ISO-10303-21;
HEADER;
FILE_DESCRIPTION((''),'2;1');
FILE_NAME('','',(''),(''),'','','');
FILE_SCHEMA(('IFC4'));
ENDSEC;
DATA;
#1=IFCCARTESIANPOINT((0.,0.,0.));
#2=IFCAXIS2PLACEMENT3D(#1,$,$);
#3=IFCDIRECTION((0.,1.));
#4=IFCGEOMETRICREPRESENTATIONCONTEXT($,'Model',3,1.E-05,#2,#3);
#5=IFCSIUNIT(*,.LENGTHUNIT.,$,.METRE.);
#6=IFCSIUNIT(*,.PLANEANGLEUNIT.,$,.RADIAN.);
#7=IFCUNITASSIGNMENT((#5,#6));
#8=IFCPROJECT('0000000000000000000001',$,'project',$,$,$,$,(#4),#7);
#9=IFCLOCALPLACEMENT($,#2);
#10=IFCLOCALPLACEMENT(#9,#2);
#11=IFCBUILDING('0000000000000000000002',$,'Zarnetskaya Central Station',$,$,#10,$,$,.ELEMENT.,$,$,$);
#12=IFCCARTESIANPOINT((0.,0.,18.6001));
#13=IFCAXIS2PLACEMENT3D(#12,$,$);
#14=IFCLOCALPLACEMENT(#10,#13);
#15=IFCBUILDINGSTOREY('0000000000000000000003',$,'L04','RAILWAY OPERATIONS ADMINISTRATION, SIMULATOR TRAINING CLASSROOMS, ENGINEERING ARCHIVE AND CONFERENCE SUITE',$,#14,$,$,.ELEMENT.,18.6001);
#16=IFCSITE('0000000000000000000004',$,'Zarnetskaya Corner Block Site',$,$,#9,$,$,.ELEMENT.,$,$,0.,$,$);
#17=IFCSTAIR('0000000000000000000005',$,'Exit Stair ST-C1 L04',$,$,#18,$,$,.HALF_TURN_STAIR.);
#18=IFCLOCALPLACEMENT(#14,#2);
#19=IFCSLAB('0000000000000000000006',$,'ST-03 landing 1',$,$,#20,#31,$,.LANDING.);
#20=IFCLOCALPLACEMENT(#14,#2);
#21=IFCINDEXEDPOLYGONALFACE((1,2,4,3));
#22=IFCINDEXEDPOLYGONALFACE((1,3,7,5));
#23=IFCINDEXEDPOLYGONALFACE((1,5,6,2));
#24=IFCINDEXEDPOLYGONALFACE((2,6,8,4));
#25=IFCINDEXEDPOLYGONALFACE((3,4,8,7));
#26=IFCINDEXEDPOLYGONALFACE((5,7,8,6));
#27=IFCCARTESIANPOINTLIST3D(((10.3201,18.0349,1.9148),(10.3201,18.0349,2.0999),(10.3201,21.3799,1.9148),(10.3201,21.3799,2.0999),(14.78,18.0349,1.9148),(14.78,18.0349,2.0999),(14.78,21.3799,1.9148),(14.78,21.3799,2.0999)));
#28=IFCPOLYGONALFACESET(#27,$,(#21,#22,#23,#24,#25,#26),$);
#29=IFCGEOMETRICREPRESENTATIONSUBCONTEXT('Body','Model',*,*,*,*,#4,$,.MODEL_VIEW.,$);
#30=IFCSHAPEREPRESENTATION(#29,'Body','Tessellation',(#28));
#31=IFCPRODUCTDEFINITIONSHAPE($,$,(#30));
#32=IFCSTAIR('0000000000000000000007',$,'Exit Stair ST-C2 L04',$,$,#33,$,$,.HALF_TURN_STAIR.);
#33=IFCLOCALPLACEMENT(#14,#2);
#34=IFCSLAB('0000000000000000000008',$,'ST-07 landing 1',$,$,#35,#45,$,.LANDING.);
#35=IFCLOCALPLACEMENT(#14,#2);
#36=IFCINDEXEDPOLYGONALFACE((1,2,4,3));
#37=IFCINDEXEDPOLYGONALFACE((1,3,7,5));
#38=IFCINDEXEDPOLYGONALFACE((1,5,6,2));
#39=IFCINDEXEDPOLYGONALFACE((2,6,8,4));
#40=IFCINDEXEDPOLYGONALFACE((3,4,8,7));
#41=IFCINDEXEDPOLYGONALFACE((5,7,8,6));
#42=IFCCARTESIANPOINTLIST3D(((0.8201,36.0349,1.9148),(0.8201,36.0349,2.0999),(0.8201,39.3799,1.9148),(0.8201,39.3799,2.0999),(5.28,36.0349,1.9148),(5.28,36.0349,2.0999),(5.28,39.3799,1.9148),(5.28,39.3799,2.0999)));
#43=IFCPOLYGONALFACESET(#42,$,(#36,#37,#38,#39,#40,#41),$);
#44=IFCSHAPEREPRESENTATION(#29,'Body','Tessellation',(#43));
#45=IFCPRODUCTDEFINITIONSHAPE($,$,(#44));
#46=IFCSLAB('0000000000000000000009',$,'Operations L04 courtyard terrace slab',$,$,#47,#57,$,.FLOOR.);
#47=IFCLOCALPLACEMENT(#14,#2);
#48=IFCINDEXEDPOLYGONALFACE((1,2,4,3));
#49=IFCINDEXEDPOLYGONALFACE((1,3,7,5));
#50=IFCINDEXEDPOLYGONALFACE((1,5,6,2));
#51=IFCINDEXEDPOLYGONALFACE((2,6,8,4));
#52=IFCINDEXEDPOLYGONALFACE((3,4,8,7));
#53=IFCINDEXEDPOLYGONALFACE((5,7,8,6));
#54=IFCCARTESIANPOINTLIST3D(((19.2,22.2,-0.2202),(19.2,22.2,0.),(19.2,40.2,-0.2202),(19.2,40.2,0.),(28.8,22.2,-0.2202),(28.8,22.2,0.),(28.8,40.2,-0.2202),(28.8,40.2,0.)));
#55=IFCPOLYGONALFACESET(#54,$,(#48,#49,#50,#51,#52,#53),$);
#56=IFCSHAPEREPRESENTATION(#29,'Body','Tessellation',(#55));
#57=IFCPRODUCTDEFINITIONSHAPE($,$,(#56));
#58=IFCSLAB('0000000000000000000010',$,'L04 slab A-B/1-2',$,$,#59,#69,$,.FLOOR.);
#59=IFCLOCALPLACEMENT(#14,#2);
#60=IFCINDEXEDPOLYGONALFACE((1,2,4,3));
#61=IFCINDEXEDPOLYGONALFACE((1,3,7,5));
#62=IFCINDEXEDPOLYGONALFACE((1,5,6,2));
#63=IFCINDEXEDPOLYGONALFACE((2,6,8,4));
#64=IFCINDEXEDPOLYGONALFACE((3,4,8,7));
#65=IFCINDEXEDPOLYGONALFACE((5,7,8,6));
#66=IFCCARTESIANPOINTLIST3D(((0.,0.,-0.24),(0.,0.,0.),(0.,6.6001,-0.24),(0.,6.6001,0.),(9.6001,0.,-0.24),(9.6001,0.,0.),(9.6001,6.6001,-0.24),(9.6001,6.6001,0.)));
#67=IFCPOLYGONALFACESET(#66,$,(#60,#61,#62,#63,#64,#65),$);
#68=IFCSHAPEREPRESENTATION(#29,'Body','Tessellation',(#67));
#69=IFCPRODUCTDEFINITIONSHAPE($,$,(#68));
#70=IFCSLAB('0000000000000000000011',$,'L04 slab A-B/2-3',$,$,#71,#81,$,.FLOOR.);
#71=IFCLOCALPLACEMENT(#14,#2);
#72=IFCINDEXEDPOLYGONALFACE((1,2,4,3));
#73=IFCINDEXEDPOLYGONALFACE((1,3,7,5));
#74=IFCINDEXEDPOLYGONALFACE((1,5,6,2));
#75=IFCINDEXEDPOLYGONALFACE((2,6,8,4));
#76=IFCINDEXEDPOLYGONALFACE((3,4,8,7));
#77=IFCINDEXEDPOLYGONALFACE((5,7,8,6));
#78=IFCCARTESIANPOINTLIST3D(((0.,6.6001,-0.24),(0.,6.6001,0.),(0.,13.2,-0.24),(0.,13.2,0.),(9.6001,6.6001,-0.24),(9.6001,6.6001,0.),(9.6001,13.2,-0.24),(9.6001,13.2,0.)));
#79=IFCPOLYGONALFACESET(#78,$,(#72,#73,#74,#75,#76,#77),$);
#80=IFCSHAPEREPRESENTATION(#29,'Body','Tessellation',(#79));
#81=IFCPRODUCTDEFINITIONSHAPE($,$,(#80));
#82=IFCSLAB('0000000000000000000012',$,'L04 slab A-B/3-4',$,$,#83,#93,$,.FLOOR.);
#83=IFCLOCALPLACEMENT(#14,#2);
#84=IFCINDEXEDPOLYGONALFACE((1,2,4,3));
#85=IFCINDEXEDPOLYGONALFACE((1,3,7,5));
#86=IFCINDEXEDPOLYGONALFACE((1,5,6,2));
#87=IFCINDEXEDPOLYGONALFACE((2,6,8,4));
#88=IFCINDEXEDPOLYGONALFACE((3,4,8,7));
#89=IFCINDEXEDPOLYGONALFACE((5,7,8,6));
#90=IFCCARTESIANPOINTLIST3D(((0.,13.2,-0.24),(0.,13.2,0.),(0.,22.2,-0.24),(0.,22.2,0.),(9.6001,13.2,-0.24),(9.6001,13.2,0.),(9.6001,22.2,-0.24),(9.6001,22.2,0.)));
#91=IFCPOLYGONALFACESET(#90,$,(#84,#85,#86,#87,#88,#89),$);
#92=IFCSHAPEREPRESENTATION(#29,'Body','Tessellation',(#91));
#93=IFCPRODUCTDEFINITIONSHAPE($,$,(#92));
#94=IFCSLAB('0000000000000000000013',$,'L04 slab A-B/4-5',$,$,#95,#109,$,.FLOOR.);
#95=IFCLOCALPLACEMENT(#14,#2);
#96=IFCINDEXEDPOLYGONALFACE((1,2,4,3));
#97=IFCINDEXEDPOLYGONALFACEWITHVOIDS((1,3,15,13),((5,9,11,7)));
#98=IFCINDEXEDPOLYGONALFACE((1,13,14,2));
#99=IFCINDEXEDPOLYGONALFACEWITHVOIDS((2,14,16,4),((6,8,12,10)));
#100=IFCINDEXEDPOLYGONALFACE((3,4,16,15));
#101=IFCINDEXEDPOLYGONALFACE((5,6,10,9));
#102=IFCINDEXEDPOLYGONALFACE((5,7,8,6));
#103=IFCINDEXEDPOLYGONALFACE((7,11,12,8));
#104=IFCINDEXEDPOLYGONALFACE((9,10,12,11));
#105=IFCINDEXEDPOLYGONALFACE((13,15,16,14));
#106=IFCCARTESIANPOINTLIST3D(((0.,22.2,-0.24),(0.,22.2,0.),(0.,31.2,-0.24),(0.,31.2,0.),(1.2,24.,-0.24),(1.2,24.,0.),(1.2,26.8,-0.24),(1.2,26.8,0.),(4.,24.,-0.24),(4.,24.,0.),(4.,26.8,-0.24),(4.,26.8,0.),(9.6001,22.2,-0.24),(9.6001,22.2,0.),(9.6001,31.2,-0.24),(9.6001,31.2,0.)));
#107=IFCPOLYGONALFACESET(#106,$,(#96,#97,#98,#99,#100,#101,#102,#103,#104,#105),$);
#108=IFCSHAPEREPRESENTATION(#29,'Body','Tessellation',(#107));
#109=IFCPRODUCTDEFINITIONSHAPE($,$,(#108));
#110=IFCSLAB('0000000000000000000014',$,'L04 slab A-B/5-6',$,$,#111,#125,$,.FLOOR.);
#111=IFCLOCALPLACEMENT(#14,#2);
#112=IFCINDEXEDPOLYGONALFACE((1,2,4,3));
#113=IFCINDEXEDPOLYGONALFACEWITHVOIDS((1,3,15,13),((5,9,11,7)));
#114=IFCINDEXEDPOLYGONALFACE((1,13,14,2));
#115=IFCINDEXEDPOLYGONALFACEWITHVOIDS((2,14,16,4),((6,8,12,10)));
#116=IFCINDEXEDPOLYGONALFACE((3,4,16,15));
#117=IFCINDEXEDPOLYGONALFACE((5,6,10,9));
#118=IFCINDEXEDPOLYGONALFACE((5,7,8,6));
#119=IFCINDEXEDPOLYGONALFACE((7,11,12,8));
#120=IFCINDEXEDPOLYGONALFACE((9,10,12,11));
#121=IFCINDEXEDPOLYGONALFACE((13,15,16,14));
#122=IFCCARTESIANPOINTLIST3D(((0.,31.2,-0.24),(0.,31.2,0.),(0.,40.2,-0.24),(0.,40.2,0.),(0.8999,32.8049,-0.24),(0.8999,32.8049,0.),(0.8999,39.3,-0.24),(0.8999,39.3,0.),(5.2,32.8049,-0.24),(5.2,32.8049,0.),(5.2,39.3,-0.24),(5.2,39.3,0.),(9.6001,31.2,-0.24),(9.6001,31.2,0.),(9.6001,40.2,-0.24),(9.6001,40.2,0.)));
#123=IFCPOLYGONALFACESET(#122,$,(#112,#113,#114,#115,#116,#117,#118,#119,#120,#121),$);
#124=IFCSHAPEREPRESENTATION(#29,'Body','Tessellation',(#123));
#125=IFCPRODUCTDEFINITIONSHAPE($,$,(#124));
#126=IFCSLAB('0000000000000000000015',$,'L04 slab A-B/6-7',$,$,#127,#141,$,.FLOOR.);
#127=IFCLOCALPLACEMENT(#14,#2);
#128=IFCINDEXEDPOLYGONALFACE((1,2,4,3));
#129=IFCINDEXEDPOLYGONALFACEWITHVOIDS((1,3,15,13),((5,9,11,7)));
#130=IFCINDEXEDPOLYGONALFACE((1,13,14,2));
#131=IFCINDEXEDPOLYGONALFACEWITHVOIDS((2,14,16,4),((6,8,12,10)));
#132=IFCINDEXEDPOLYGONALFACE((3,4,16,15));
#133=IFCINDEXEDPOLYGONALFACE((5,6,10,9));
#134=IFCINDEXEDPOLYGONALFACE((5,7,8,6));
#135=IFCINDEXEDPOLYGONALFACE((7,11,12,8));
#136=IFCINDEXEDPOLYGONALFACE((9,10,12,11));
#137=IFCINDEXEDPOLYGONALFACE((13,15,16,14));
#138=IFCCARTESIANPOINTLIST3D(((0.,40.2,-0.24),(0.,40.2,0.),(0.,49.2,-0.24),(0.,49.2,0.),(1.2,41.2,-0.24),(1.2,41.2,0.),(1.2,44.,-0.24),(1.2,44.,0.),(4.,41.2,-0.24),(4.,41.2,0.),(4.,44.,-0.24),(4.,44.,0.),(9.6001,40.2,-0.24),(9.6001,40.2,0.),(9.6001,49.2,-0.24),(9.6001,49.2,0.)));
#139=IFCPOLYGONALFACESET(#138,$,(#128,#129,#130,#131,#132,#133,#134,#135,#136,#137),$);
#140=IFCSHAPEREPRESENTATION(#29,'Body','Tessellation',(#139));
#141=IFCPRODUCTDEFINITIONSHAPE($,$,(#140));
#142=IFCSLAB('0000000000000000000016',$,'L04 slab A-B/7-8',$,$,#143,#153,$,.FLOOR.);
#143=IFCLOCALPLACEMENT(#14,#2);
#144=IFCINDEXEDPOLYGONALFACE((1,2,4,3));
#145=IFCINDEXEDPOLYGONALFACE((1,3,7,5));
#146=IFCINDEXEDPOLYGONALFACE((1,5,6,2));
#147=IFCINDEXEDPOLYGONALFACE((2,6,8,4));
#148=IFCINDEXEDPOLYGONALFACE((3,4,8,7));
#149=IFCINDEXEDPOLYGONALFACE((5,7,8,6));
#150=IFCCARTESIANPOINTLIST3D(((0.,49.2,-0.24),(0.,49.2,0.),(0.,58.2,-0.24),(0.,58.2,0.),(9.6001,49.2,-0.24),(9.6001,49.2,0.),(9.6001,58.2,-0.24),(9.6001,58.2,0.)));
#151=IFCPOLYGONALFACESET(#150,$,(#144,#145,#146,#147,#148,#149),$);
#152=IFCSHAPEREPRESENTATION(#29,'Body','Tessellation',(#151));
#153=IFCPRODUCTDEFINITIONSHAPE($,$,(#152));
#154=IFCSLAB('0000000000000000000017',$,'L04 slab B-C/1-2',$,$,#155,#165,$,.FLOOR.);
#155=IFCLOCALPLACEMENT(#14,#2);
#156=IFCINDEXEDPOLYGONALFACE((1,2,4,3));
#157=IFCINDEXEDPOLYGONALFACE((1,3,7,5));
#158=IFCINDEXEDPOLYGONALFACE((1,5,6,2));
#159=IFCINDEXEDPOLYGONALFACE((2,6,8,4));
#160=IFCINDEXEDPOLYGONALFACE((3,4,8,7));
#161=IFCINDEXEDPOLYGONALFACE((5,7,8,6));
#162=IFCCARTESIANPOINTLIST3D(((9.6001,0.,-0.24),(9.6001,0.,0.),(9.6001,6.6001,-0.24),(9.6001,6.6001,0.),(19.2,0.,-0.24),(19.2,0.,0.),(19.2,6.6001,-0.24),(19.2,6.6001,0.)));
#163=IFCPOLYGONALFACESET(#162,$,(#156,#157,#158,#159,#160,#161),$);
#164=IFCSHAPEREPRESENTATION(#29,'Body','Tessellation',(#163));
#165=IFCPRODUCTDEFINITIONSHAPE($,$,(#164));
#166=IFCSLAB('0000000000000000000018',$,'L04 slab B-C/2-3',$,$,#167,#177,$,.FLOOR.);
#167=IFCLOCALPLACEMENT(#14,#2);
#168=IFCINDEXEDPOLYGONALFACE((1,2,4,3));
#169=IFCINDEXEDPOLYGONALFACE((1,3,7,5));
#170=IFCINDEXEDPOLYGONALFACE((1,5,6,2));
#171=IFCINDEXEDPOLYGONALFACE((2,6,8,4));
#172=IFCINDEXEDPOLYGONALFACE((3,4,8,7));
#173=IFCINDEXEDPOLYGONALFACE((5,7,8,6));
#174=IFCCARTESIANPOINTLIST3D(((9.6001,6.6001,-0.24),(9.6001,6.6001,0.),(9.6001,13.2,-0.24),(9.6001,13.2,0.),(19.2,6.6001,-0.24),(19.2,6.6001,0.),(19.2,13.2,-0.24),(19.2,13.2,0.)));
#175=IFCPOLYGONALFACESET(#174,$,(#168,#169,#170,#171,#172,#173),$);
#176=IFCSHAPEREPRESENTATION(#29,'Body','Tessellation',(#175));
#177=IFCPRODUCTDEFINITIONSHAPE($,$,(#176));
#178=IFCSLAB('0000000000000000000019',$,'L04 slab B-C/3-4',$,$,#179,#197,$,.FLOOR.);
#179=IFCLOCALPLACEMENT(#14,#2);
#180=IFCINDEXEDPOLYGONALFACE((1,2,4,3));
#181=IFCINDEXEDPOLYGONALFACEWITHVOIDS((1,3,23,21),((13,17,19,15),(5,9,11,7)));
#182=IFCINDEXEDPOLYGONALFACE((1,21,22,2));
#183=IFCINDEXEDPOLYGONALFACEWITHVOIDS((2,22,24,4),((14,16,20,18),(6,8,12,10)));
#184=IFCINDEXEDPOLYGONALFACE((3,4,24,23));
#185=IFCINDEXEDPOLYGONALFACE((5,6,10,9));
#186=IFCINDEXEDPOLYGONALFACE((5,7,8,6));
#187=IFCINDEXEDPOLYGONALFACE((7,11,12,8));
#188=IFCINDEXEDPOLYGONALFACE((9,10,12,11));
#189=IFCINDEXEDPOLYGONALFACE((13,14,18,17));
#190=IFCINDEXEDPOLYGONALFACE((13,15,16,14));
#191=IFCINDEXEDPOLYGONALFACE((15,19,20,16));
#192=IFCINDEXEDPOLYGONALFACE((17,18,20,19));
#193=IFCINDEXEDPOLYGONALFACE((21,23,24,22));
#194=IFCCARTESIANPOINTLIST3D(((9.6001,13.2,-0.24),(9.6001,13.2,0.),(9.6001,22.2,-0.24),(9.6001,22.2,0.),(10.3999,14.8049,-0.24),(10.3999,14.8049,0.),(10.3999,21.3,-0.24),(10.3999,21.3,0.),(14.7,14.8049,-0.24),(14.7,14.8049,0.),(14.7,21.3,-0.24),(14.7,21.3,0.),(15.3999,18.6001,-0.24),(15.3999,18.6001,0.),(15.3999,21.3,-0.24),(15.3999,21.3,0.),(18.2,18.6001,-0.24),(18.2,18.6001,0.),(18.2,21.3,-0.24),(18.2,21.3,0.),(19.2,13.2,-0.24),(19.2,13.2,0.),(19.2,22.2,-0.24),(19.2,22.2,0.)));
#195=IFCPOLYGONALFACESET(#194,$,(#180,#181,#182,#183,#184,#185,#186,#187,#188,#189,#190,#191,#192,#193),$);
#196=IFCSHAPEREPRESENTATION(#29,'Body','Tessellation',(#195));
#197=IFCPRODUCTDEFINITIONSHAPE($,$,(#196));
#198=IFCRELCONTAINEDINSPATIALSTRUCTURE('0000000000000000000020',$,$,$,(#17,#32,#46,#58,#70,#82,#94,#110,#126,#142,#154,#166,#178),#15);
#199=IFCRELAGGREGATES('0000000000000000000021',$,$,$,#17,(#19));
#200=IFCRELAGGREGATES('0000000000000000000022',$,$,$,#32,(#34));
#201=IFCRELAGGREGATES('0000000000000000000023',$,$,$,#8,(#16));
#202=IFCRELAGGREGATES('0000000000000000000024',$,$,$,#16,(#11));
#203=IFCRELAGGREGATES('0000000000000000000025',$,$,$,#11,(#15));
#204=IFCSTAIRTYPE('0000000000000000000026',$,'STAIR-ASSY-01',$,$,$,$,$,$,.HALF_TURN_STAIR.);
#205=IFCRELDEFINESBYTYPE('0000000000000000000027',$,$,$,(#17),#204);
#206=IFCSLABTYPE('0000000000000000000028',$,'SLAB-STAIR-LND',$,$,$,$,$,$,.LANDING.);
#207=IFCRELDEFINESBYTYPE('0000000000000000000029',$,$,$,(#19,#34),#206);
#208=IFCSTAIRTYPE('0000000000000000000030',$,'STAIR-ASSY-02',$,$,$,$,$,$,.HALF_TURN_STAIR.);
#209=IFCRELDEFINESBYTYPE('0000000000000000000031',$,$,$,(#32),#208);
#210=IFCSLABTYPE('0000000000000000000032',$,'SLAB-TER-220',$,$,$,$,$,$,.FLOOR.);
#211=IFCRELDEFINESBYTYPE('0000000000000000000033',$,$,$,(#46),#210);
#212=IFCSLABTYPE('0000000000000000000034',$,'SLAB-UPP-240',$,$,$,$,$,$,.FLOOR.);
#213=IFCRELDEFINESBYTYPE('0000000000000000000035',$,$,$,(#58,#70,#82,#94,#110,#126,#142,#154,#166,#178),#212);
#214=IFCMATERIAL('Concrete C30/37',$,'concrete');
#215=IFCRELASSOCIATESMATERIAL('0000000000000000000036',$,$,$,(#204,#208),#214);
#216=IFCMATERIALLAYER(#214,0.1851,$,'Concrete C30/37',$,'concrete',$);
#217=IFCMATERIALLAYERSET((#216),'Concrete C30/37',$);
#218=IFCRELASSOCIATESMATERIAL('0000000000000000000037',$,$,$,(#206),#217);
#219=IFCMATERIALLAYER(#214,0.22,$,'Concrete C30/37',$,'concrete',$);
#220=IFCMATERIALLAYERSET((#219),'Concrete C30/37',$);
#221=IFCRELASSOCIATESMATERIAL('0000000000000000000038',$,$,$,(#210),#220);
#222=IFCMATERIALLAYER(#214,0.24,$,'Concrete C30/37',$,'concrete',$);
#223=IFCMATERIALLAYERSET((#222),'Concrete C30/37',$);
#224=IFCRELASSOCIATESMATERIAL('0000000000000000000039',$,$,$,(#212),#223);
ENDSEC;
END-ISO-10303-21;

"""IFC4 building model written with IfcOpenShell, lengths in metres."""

from ifc_helpers import new_model, si_unit, direction, frame, origin, place, context, subcontext, project, spatial, polyline, outline, extrude, material, layer, layer_set, type_object, element, aggregate, save


model = new_model("IFC4")

# Units and contexts
model_context = context("Model", 3, precision=1e-05, world=origin(), true_north=direction((0.0, 1.0)))
body_context = subcontext(model_context, "Body", "Model", "MODEL_VIEW")
ifc_project = project(units=[si_unit("LENGTHUNIT", "METRE"), si_unit("PLANEANGLEUNIT", "RADIAN")], contexts=[model_context])

# Site, building, storey
site_placement = place(None, origin())
site = spatial("IfcSite", under=ifc_project, at=site_placement, Name="Zarnetskaya Corner Block Site", CompositionType="ELEMENT", RefElevation=0.0)
building_placement = place(site_placement, origin())
building = spatial("IfcBuilding", under=site, at=building_placement, Name="Zarnetskaya Central Station", CompositionType="ELEMENT")
storey_placement = place(building_placement, frame((0.0, 0.0, 18.6001)))
storey = spatial("IfcBuildingStorey", under=building, at=storey_placement, Name="L04", Description="RAILWAY OPERATIONS ADMINISTRATION, SIMULATOR TRAINING CLASSROOMS, ENGINEERING ARCHIVE AND CONFERENCE SUITE", CompositionType="ELEMENT", Elevation=18.6001)

# Shared definitions
ifc_material_1 = material(Name="Concrete C30/37", Category="concrete")

# Stairs, slabs
stair_type_1 = type_object("IfcStairType", Name="STAIR-ASSY-01", PredefinedType="HALF_TURN_STAIR", material=ifc_material_1)
stair_1_placement = place(storey_placement, origin())
stair_1 = element("IfcStair", 1, at=stair_1_placement, inside=storey, type_object=stair_type_1, Name="Exit Stair ST-C1 L04", PredefinedType="HALF_TURN_STAIR")
ifc_layer_1 = layer(ifc_material_1, 0.1851, Name="Concrete C30/37", Category="concrete")
ifc_layer_set_1 = layer_set([ifc_layer_1], Name="Concrete C30/37")
slab_type_1 = type_object("IfcSlabType", Name="SLAB-STAIR-LND", PredefinedType="LANDING", material=ifc_layer_set_1)
slab_1_placement = place(storey_placement, frame((0.0, 0.0, 1.9148)))
slab_1 = element("IfcSlab", 2, at=slab_1_placement, type_object=slab_type_1, Name="ST-03 landing 1", PredefinedType="LANDING", context=body_context, shape_type="SweptSolid", body=[
    extrude(outline(polyline([(10.3201, 18.0349), (14.78, 18.0349), (14.78, 21.3799), (10.3201, 21.3799), (10.3201, 18.0349)])), origin(), (0.0, 0.0, 1.0), 0.1851),
])
aggregate(stair_1, [slab_1])
stair_type_2 = type_object("IfcStairType", Name="STAIR-ASSY-02", PredefinedType="HALF_TURN_STAIR", material=ifc_material_1)
stair_2_placement = place(storey_placement, origin())
stair_2 = element("IfcStair", 3, at=stair_2_placement, inside=storey, type_object=stair_type_2, Name="Exit Stair ST-C2 L04", PredefinedType="HALF_TURN_STAIR")
slab_2_placement = place(storey_placement, frame((0.0, 0.0, 1.9148)))
slab_2 = element("IfcSlab", 4, at=slab_2_placement, type_object=slab_type_1, Name="ST-07 landing 1", PredefinedType="LANDING", context=body_context, shape_type="SweptSolid", body=[
    extrude(outline(polyline([(0.8201, 36.0349), (5.28, 36.0349), (5.28, 39.3799), (0.8201, 39.3799), (0.8201, 36.0349)])), origin(), (0.0, 0.0, 1.0), 0.1851),
])
aggregate(stair_2, [slab_2])

# Slabs
ifc_layer_2 = layer(ifc_material_1, 0.22, Name="Concrete C30/37", Category="concrete")
ifc_layer_set_2 = layer_set([ifc_layer_2], Name="Concrete C30/37")
slab_type_2 = type_object("IfcSlabType", Name="SLAB-TER-220", PredefinedType="FLOOR", material=ifc_layer_set_2)
slab_3_placement = place(storey_placement, frame((0.0, 0.0, -0.2202)))
element("IfcSlab", 5, at=slab_3_placement, inside=storey, type_object=slab_type_2, Name="Operations L04 courtyard terrace slab", PredefinedType="FLOOR", context=body_context, shape_type="SweptSolid", body=[
    extrude(outline(polyline([(19.2, 22.2), (28.8, 22.2), (28.8, 40.2), (19.2, 40.2), (19.2, 22.2)])), origin(), (0.0, 0.0, 1.0), 0.2202),
])
ifc_layer_3 = layer(ifc_material_1, 0.24, Name="Concrete C30/37", Category="concrete")
ifc_layer_set_3 = layer_set([ifc_layer_3], Name="Concrete C30/37")
slab_type_3 = type_object("IfcSlabType", Name="SLAB-UPP-240", PredefinedType="FLOOR", material=ifc_layer_set_3)
slab_4_placement = place(storey_placement, frame((0.0, 0.0, -0.24)))
element("IfcSlab", 6, at=slab_4_placement, inside=storey, type_object=slab_type_3, Name="L04 slab A-B/1-2", PredefinedType="FLOOR", context=body_context, shape_type="SweptSolid", body=[
    extrude(outline(polyline([(0.0, 0.0), (9.6001, 0.0), (9.6001, 6.6001), (0.0, 6.6001), (0.0, 0.0)])), origin(), (0.0, 0.0, 1.0), 0.24),
])
slab_5_placement = place(storey_placement, frame((0.0, 0.0, -0.24)))
element("IfcSlab", 7, at=slab_5_placement, inside=storey, type_object=slab_type_3, Name="L04 slab A-B/2-3", PredefinedType="FLOOR", context=body_context, shape_type="SweptSolid", body=[
    extrude(outline(polyline([(0.0, 6.6001), (9.6001, 6.6001), (9.6001, 13.2), (0.0, 13.2), (0.0, 6.6001)])), origin(), (0.0, 0.0, 1.0), 0.24),
])
slab_6_placement = place(storey_placement, frame((0.0, 0.0, -0.24)))
element("IfcSlab", 8, at=slab_6_placement, inside=storey, type_object=slab_type_3, Name="L04 slab A-B/3-4", PredefinedType="FLOOR", context=body_context, shape_type="SweptSolid", body=[
    extrude(outline(polyline([(0.0, 13.2), (9.6001, 13.2), (9.6001, 22.2), (0.0, 22.2), (0.0, 13.2)])), origin(), (0.0, 0.0, 1.0), 0.24),
])
slab_7_placement = place(storey_placement, frame((0.0, 0.0, -0.24)))
element("IfcSlab", 9, at=slab_7_placement, inside=storey, type_object=slab_type_3, Name="L04 slab A-B/4-5", PredefinedType="FLOOR", context=body_context, shape_type="SweptSolid", body=[
    extrude(outline(polyline([(0.0, 22.2), (9.6001, 22.2), (9.6001, 31.2), (0.0, 31.2), (0.0, 22.2)]), holes=[polyline([(1.2, 24.0), (4.0, 24.0), (4.0, 26.8), (1.2, 26.8), (1.2, 24.0)])]), origin(), (0.0, 0.0, 1.0), 0.24),
])
slab_8_placement = place(storey_placement, frame((0.0, 0.0, -0.24)))
element("IfcSlab", 10, at=slab_8_placement, inside=storey, type_object=slab_type_3, Name="L04 slab A-B/5-6", PredefinedType="FLOOR", context=body_context, shape_type="SweptSolid", body=[
    extrude(outline(polyline([(0.0, 31.2), (9.6001, 31.2), (9.6001, 40.2), (0.0, 40.2), (0.0, 31.2)]), holes=[polyline([(0.8999, 32.8049), (5.2, 32.8049), (5.2, 39.3), (0.8999, 39.3), (0.8999, 32.8049)])]), origin(), (0.0, 0.0, 1.0), 0.24),
])
slab_9_placement = place(storey_placement, frame((0.0, 0.0, -0.24)))
element("IfcSlab", 11, at=slab_9_placement, inside=storey, type_object=slab_type_3, Name="L04 slab A-B/6-7", PredefinedType="FLOOR", context=body_context, shape_type="SweptSolid", body=[
    extrude(outline(polyline([(0.0, 40.2), (9.6001, 40.2), (9.6001, 49.2), (0.0, 49.2), (0.0, 40.2)]), holes=[polyline([(1.2, 41.2), (4.0, 41.2), (4.0, 44.0), (1.2, 44.0), (1.2, 41.2)])]), origin(), (0.0, 0.0, 1.0), 0.24),
])
slab_10_placement = place(storey_placement, frame((0.0, 0.0, -0.24)))
element("IfcSlab", 12, at=slab_10_placement, inside=storey, type_object=slab_type_3, Name="L04 slab A-B/7-8", PredefinedType="FLOOR", context=body_context, shape_type="SweptSolid", body=[
    extrude(outline(polyline([(0.0, 49.2), (9.6001, 49.2), (9.6001, 58.2), (0.0, 58.2), (0.0, 49.2)])), origin(), (0.0, 0.0, 1.0), 0.24),
])
slab_11_placement = place(storey_placement, frame((0.0, 0.0, -0.24)))
element("IfcSlab", 13, at=slab_11_placement, inside=storey, type_object=slab_type_3, Name="L04 slab B-C/1-2", PredefinedType="FLOOR", context=body_context, shape_type="SweptSolid", body=[
    extrude(outline(polyline([(9.6001, 0.0), (19.2, 0.0), (19.2, 6.6001), (9.6001, 6.6001), (9.6001, 0.0)])), origin(), (0.0, 0.0, 1.0), 0.24),
])
slab_12_placement = place(storey_placement, frame((0.0, 0.0, -0.24)))
element("IfcSlab", 14, at=slab_12_placement, inside=storey, type_object=slab_type_3, Name="L04 slab B-C/2-3", PredefinedType="FLOOR", context=body_context, shape_type="SweptSolid", body=[
    extrude(outline(polyline([(9.6001, 6.6001), (19.2, 6.6001), (19.2, 13.2), (9.6001, 13.2), (9.6001, 6.6001)])), origin(), (0.0, 0.0, 1.0), 0.24),
])
slab_13_placement = place(storey_placement, frame((0.0, 0.0, -0.24)))
element("IfcSlab", 15, at=slab_13_placement, inside=storey, type_object=slab_type_3, Name="L04 slab B-C/3-4", PredefinedType="FLOOR", context=body_context, shape_type="SweptSolid", body=[
    extrude(outline(polyline([(9.6001, 13.2), (19.2, 13.2), (19.2, 22.2), (9.6001, 22.2), (9.6001, 13.2)]), holes=[polyline([(10.3999, 14.8049), (14.7, 14.8049), (14.7, 21.3), (10.3999, 21.3), (10.3999, 14.8049)]), polyline([(15.3999, 18.6001), (18.2, 18.6001), (18.2, 21.3), (15.3999, 21.3), (15.3999, 18.6001)])]), origin(), (0.0, 0.0, 1.0), 0.24),
])

save(model, "model.ifc")
